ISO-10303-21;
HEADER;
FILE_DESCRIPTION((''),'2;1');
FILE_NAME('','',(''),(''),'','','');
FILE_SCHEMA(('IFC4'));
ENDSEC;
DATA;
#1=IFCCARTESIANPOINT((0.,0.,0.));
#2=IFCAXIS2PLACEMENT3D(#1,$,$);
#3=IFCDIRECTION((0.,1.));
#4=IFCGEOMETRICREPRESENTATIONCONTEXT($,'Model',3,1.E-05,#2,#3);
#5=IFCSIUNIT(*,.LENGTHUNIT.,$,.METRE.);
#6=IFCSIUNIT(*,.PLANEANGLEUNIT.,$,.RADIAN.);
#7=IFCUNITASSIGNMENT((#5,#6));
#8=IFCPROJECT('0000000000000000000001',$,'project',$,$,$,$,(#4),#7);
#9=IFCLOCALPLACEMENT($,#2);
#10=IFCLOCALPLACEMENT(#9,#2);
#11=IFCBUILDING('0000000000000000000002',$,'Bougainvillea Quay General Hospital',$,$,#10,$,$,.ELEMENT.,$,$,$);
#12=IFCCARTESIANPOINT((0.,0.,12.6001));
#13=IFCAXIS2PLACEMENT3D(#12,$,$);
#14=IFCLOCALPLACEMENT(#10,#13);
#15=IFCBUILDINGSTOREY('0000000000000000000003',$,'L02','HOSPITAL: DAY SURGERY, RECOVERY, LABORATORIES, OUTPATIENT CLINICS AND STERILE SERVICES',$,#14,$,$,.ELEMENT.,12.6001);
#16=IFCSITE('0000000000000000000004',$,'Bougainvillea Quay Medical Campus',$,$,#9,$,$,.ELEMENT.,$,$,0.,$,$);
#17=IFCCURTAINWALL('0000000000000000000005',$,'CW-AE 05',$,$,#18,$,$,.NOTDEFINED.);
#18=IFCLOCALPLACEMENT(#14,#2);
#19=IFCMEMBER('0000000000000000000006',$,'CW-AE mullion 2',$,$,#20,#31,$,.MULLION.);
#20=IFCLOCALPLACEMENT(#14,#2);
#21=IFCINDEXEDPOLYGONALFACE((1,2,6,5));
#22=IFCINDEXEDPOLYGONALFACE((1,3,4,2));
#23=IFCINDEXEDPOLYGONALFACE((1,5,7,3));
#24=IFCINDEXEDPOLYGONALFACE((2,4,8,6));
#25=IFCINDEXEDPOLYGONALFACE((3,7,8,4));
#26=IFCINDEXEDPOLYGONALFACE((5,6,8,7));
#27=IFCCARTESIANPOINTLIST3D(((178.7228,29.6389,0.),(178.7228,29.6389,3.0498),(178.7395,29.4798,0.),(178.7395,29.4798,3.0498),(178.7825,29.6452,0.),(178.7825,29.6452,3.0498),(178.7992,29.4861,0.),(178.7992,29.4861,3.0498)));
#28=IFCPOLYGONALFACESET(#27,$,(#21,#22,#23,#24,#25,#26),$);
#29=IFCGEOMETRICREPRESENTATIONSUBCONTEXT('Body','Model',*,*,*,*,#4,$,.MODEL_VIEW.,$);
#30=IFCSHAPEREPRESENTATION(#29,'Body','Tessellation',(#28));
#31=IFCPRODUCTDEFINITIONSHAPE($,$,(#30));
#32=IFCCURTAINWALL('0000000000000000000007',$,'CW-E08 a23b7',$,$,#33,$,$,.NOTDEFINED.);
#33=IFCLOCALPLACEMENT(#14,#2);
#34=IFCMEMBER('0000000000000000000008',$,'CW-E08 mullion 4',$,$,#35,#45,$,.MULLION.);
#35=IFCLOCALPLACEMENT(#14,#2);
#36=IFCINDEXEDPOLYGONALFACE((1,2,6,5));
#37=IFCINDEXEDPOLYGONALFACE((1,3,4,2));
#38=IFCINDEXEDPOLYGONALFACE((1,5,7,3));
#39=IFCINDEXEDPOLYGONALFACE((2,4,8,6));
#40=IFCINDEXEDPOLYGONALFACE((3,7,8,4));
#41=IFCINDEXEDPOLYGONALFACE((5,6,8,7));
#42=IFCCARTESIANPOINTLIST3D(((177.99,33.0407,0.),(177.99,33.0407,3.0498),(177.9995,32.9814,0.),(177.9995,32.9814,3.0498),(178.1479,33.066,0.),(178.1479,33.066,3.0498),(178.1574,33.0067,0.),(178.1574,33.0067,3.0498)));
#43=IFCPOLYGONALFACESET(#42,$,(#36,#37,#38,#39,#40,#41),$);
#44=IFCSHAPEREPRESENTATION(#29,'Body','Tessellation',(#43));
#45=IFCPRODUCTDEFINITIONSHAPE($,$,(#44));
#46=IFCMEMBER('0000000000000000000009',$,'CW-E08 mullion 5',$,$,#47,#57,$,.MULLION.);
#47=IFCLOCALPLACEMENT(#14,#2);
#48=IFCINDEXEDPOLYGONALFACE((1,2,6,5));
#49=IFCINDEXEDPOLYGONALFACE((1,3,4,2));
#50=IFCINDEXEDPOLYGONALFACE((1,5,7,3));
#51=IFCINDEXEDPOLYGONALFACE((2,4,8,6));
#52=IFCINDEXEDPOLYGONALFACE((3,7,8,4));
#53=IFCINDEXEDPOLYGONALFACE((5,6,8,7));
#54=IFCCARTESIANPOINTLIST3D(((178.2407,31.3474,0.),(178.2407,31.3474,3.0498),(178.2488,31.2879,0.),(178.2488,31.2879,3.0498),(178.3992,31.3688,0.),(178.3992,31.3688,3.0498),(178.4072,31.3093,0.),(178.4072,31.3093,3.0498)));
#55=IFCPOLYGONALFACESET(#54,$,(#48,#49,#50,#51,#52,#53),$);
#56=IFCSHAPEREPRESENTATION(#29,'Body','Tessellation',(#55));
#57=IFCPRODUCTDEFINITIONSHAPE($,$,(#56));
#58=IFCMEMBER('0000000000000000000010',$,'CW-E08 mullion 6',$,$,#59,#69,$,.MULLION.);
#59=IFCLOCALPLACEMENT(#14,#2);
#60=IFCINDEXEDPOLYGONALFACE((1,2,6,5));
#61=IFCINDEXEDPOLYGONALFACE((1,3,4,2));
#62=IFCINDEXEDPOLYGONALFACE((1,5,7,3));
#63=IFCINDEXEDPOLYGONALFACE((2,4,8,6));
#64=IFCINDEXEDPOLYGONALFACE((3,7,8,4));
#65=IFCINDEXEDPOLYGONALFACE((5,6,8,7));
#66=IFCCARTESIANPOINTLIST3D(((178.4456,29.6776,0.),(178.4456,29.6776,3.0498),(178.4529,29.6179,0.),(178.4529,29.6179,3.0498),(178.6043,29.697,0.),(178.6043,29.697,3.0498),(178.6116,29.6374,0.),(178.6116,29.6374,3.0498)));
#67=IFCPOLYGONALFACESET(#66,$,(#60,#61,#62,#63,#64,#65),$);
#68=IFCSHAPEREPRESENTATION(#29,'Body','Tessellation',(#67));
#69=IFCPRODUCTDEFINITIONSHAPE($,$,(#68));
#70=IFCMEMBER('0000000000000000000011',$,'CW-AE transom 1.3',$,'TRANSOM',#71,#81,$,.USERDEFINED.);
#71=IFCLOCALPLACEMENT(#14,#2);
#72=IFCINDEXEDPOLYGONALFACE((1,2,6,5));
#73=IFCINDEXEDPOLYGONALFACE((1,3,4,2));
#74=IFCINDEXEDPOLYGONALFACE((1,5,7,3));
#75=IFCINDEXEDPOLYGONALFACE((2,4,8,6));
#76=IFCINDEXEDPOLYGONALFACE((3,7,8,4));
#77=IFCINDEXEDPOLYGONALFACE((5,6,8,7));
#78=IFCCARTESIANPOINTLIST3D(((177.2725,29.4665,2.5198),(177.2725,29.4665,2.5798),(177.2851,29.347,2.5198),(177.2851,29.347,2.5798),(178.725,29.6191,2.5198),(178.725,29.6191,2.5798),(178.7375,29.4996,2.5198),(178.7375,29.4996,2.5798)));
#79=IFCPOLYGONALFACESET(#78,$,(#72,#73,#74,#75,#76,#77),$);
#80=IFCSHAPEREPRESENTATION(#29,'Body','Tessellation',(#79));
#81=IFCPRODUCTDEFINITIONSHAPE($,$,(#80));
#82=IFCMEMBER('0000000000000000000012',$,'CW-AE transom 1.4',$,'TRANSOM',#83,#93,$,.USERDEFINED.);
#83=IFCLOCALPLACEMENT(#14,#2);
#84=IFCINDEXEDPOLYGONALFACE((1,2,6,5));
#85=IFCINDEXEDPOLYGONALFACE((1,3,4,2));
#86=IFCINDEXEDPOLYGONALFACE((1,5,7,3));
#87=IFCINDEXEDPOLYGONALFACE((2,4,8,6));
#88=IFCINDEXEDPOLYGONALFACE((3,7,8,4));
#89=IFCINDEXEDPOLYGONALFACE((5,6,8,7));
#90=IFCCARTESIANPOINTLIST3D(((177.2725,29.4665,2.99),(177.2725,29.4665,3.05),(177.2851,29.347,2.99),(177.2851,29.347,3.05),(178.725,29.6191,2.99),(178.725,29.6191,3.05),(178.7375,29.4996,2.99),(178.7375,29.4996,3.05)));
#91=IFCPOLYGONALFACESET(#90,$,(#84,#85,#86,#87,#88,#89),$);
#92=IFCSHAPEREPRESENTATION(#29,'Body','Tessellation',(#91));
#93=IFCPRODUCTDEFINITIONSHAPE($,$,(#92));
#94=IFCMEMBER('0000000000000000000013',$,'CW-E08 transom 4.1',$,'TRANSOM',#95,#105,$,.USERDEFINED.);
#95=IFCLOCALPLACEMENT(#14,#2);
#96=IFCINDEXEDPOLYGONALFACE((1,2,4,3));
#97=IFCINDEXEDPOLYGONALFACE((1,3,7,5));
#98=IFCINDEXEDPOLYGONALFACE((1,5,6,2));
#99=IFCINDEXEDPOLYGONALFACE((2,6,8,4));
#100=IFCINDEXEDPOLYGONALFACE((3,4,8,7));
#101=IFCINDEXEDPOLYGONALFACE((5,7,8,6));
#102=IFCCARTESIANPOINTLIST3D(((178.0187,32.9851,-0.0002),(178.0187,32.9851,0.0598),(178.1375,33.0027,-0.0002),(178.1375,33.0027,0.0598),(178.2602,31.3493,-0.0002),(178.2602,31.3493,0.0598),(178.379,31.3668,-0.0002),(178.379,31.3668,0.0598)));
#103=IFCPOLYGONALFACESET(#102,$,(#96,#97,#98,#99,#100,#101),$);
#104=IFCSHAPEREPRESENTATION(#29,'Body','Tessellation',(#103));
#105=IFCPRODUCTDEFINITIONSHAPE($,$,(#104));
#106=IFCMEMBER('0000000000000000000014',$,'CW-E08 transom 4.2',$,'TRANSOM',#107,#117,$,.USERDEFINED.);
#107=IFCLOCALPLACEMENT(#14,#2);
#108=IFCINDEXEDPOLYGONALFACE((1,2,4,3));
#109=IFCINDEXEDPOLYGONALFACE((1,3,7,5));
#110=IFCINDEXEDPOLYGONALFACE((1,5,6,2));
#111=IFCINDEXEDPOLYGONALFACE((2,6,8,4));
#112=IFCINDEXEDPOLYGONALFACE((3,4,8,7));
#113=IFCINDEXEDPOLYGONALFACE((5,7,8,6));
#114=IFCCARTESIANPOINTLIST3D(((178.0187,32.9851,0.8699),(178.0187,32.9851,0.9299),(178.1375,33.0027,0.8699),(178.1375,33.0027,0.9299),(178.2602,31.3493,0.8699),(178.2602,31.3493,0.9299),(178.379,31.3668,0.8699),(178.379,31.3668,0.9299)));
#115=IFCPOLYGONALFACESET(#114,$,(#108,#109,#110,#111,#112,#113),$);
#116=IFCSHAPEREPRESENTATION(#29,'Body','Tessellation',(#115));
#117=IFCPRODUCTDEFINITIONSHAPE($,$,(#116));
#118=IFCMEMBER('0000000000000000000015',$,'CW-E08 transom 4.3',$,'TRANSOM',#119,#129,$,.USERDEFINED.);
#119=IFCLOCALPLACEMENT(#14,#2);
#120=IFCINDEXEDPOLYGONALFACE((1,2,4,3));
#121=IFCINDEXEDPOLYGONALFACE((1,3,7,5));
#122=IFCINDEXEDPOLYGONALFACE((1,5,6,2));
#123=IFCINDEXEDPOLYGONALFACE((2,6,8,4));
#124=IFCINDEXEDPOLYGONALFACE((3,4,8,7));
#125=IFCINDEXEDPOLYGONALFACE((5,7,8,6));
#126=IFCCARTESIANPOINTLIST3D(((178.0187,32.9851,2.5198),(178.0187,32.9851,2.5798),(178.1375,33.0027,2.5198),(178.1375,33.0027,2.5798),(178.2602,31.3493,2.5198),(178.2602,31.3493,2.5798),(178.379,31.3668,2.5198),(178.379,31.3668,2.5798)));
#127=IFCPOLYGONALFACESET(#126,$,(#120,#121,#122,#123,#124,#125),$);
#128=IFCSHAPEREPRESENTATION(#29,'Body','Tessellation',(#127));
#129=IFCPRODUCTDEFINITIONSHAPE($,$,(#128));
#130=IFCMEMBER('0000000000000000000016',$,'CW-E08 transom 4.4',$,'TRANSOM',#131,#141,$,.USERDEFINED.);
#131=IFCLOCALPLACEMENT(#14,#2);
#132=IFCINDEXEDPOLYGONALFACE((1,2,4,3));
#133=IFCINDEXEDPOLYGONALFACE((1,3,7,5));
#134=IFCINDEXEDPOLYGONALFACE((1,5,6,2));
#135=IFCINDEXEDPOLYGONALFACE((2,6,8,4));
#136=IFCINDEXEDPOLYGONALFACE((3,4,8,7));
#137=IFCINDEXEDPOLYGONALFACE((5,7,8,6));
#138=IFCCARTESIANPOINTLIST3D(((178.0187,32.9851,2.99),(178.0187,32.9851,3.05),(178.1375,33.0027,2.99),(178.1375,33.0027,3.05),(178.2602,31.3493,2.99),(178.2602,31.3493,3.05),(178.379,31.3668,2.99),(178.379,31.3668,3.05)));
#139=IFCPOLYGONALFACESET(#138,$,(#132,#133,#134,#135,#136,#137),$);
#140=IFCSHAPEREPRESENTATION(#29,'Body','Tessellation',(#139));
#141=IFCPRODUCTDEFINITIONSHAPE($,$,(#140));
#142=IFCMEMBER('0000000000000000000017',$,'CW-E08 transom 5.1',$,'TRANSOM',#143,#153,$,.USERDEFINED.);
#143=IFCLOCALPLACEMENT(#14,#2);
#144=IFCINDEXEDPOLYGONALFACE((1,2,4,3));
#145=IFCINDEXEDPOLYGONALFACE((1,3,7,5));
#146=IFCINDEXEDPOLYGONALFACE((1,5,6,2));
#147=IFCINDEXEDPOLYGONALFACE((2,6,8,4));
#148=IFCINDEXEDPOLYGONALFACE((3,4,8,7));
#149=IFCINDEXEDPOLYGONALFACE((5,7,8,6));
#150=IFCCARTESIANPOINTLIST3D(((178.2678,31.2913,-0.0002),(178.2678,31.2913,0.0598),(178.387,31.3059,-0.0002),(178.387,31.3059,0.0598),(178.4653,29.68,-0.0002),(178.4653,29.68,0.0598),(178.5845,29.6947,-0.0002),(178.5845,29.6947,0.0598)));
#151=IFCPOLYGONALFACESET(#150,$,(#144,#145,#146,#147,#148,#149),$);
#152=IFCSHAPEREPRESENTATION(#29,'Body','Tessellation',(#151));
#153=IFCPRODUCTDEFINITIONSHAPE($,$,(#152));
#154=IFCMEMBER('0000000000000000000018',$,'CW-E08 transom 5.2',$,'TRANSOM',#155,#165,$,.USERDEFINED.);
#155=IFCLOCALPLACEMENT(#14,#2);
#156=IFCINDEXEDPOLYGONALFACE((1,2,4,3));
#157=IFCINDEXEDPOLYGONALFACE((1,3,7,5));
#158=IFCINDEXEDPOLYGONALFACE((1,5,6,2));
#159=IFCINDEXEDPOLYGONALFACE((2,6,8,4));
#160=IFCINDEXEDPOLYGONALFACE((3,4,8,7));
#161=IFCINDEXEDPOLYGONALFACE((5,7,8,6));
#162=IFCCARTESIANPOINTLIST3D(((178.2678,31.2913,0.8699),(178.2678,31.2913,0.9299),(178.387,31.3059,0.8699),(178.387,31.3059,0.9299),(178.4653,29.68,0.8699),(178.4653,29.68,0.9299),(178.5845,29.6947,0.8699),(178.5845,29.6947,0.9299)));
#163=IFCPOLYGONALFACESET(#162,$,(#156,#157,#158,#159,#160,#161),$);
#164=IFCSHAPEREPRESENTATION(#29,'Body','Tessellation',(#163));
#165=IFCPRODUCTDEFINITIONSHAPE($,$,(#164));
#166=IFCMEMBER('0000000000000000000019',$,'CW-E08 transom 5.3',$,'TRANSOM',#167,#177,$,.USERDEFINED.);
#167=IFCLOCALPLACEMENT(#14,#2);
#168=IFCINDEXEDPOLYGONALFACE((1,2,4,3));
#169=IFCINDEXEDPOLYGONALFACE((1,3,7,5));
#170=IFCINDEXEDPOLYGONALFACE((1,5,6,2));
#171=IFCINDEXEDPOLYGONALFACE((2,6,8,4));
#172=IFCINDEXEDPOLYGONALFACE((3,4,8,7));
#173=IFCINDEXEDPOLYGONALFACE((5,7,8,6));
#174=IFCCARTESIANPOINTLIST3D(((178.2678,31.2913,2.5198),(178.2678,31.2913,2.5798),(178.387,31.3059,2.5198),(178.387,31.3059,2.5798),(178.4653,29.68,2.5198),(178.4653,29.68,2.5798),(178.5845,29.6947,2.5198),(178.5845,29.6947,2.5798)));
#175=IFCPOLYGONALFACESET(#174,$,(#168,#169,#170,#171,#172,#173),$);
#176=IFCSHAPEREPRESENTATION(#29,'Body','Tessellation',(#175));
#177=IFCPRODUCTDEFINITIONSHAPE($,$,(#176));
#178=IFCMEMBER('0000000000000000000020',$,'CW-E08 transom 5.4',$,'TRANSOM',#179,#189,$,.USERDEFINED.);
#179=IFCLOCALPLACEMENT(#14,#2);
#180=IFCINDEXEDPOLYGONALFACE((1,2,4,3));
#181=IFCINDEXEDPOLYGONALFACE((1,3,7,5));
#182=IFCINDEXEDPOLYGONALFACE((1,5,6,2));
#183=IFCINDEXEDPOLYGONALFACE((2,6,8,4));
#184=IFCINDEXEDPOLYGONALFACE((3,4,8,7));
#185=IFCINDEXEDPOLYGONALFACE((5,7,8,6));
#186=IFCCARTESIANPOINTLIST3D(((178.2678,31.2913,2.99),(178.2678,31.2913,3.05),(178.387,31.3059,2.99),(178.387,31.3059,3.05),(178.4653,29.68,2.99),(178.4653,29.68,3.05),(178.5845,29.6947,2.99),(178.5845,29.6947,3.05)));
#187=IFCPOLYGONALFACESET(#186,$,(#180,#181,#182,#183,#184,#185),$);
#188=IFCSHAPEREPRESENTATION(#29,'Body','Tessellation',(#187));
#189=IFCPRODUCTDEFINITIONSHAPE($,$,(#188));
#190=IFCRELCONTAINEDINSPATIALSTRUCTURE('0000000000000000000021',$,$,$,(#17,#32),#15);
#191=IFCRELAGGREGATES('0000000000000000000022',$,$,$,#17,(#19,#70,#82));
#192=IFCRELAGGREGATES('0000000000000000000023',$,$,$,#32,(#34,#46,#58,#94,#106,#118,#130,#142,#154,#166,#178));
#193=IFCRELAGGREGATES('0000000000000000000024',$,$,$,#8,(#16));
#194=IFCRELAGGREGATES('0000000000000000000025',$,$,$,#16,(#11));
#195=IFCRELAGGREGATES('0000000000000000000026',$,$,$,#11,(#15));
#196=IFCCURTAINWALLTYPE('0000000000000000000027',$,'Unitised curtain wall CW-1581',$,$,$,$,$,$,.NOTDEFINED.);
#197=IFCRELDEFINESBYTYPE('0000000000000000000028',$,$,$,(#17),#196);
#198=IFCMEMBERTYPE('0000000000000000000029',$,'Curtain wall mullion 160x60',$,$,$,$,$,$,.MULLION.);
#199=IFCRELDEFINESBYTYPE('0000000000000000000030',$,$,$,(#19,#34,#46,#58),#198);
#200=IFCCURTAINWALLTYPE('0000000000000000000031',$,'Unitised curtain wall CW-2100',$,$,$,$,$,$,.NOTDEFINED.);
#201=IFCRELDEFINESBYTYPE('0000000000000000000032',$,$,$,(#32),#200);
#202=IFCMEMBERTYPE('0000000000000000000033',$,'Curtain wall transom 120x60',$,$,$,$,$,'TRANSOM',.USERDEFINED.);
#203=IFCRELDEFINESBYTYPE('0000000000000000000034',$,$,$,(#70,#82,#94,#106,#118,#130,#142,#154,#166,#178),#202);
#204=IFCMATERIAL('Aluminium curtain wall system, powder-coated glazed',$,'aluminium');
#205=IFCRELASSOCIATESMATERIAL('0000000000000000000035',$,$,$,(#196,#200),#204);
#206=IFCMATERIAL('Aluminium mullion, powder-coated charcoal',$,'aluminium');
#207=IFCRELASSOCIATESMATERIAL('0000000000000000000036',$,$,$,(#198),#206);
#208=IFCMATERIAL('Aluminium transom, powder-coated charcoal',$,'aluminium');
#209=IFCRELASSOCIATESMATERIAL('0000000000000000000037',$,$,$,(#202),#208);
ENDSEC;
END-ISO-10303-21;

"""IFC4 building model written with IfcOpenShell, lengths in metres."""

from ifc_helpers import new_model, si_unit, direction, frame, origin, origin_2d, place, context, subcontext, project, spatial, rectangle, extrude, material, material_profile, profile_set, type_object, element, aggregate, save


model = new_model("IFC4")

# Units and contexts
model_context = context("Model", 3, precision=1e-05, world=origin(), true_north=direction((0.0, 1.0)))
body_context = subcontext(model_context, "Body", "Model", "MODEL_VIEW")
ifc_project = project(units=[si_unit("LENGTHUNIT", "METRE"), si_unit("PLANEANGLEUNIT", "RADIAN")], contexts=[model_context])

# Site, building, storey
site_placement = place(None, origin())
site = spatial("IfcSite", under=ifc_project, at=site_placement, Name="Bougainvillea Quay Medical Campus", CompositionType="ELEMENT", RefElevation=0.0)
building_placement = place(site_placement, origin())
building = spatial("IfcBuilding", under=site, at=building_placement, Name="Bougainvillea Quay General Hospital", CompositionType="ELEMENT")
storey_placement = place(building_placement, frame((0.0, 0.0, 12.6001)))
storey = spatial("IfcBuildingStorey", under=building, at=storey_placement, Name="L02", Description="HOSPITAL: DAY SURGERY, RECOVERY, LABORATORIES, OUTPATIENT CLINICS AND STERILE SERVICES", CompositionType="ELEMENT", Elevation=12.6001)

# Curtain wall, member
ifc_material_1 = material(Name="Aluminium curtain wall system, powder-coated glazed", Category="aluminium")
curtain_wall_type_1 = type_object("IfcCurtainWallType", Name="Unitised curtain wall CW-1581", PredefinedType="NOTDEFINED", material=ifc_material_1)
curtain_wall_1_placement = place(storey_placement, origin())
curtain_wall_1 = element("IfcCurtainWall", 1, at=curtain_wall_1_placement, inside=storey, type_object=curtain_wall_type_1, Name="CW-AE 05", PredefinedType="NOTDEFINED")
ifc_material_2 = material(Name="Aluminium mullion, powder-coated charcoal", Category="aluminium")
ifc_material_profile_1 = material_profile(ifc_material_2, rectangle(XDim=0.1599, YDim=0.0601, at=origin_2d()))
ifc_profile_set_1 = profile_set([ifc_material_profile_1], Name="Aluminium mullion, powder-coated charcoal")
member_type_1 = type_object("IfcMemberType", Name="Curtain wall mullion 160x60", PredefinedType="MULLION", material=ifc_profile_set_1)
member_1_placement = place(storey_placement, frame((178.761, 29.5625, 0.0), z_axis=(0.0, 0.0, 1.0), x_axis=(-0.104527, 0.994522, 0.0)))
member_1 = element("IfcMember", 2, at=member_1_placement, type_object=member_type_1, Name="CW-AE mullion 2", PredefinedType="MULLION", context=body_context, shape_type="SweptSolid", body=[
    extrude(rectangle(XDim=0.1599, YDim=0.0601, at=origin_2d()), origin(), (0.0, 0.0, 1.0), 3.0498),
])

# Curtain wall, members
curtain_wall_type_2 = type_object("IfcCurtainWallType", Name="Unitised curtain wall CW-2100", PredefinedType="NOTDEFINED", material=ifc_material_1)
curtain_wall_2_placement = place(storey_placement, origin())
curtain_wall_2 = element("IfcCurtainWall", 3, at=curtain_wall_2_placement, inside=storey, type_object=curtain_wall_type_2, Name="CW-E08 a23b7", PredefinedType="NOTDEFINED")
member_2_placement = place(storey_placement, frame((178.0737, 33.0237, 0.0), z_axis=(0.0, 0.0, 1.0), x_axis=(0.987432, 0.158044, 0.0)))
member_2 = element("IfcMember", 4, at=member_2_placement, type_object=member_type_1, Name="CW-E08 mullion 4", PredefinedType="MULLION", context=body_context, shape_type="SweptSolid", body=[
    extrude(rectangle(XDim=0.1599, YDim=0.0601, at=origin_2d()), origin(), (0.0, 0.0, 1.0), 3.0498),
])
member_3_placement = place(storey_placement, frame((178.324, 31.3284, 0.0), z_axis=(0.0, 0.0, 1.0), x_axis=(0.991016, 0.133741, 0.0)))
member_3 = element("IfcMember", 5, at=member_3_placement, type_object=member_type_1, Name="CW-E08 mullion 5", PredefinedType="MULLION", context=body_context, shape_type="SweptSolid", body=[
    extrude(rectangle(XDim=0.1599, YDim=0.0601, at=origin_2d()), origin(), (0.0, 0.0, 1.0), 3.0498),
])
member_4_placement = place(storey_placement, frame((178.5286, 29.6575, 0.0), z_axis=(0.0, 0.0, 1.0), x_axis=(0.992584, 0.121558, 0.0)))
member_4 = element("IfcMember", 6, at=member_4_placement, type_object=member_type_1, Name="CW-E08 mullion 6", PredefinedType="MULLION", context=body_context, shape_type="SweptSolid", body=[
    extrude(rectangle(XDim=0.1599, YDim=0.0601, at=origin_2d()), origin(), (0.0, 0.0, 1.0), 3.0498),
])

# Members
ifc_material_3 = material(Name="Aluminium transom, powder-coated charcoal", Category="aluminium")
ifc_material_profile_2 = material_profile(ifc_material_3, rectangle(XDim=0.1201, YDim=0.0601, at=origin_2d()))
ifc_profile_set_2 = profile_set([ifc_material_profile_2], Name="Aluminium transom, powder-coated charcoal")
member_type_2 = type_object("IfcMemberType", Name="Curtain wall transom 120x60", ElementType="TRANSOM", PredefinedType="USERDEFINED", material=ifc_profile_set_2)
member_5_placement = place(storey_placement, frame((177.2788, 29.4067, 2.5498), z_axis=(0.994527, 0.104485, 0.0), x_axis=(-0.104485, 0.994527, 0.0)))
member_5 = element("IfcMember", 7, at=member_5_placement, type_object=member_type_2, Name="CW-AE transom 1.3", ObjectType="TRANSOM", PredefinedType="USERDEFINED", context=body_context, shape_type="SweptSolid", body=[
    extrude(rectangle(XDim=0.1201, YDim=0.0601, at=origin_2d()), origin(), (0.0, 0.0, 1.0), 1.4604),
])
member_6_placement = place(storey_placement, frame((177.2788, 29.4067, 3.02), z_axis=(0.994527, 0.104485, 0.0), x_axis=(-0.104485, 0.994527, 0.0)))
member_6 = element("IfcMember", 8, at=member_6_placement, type_object=member_type_2, Name="CW-AE transom 1.4", ObjectType="TRANSOM", PredefinedType="USERDEFINED", context=body_context, shape_type="SweptSolid", body=[
    extrude(rectangle(XDim=0.1201, YDim=0.0601, at=origin_2d()), origin(), (0.0, 0.0, 1.0), 1.4604),
])
member_7_placement = place(storey_placement, frame((178.0781, 32.9939, 0.0298), z_axis=(0.14603, -0.98928, 0.0), x_axis=(0.98928, 0.14603, 0.0)))
member_7 = element("IfcMember", 9, at=member_7_placement, type_object=member_type_2, Name="CW-E08 transom 4.1", ObjectType="TRANSOM", PredefinedType="USERDEFINED", context=body_context, shape_type="SweptSolid", body=[
    extrude(rectangle(XDim=0.1201, YDim=0.0601, at=origin_2d()), origin(), (0.0, 0.0, 1.0), 1.6536),
])
member_8_placement = place(storey_placement, frame((178.0781, 32.9939, 0.8999), z_axis=(0.14603, -0.98928, 0.0), x_axis=(0.98928, 0.14603, 0.0)))
member_8 = element("IfcMember", 10, at=member_8_placement, type_object=member_type_2, Name="CW-E08 transom 4.2", ObjectType="TRANSOM", PredefinedType="USERDEFINED", context=body_context, shape_type="SweptSolid", body=[
    extrude(rectangle(XDim=0.1201, YDim=0.0601, at=origin_2d()), origin(), (0.0, 0.0, 1.0), 1.6536),
])
member_9_placement = place(storey_placement, frame((178.0781, 32.9939, 2.5498), z_axis=(0.14603, -0.98928, 0.0), x_axis=(0.98928, 0.14603, 0.0)))
member_9 = element("IfcMember", 11, at=member_9_placement, type_object=member_type_2, Name="CW-E08 transom 4.3", ObjectType="TRANSOM", PredefinedType="USERDEFINED", context=body_context, shape_type="SweptSolid", body=[
    extrude(rectangle(XDim=0.1201, YDim=0.0601, at=origin_2d()), origin(), (0.0, 0.0, 1.0), 1.6536),
])
member_10_placement = place(storey_placement, frame((178.0781, 32.9939, 3.02), z_axis=(0.14603, -0.98928, 0.0), x_axis=(0.98928, 0.14603, 0.0)))
member_10 = element("IfcMember", 12, at=member_10_placement, type_object=member_type_2, Name="CW-E08 transom 4.4", ObjectType="TRANSOM", PredefinedType="USERDEFINED", context=body_context, shape_type="SweptSolid", body=[
    extrude(rectangle(XDim=0.1201, YDim=0.0601, at=origin_2d()), origin(), (0.0, 0.0, 1.0), 1.6536),
])
member_11_placement = place(storey_placement, frame((178.3274, 31.2986, 0.0298), z_axis=(0.121665, -0.992571, 0.0), x_axis=(0.992571, 0.121665, 0.0)))
member_11 = element("IfcMember", 13, at=member_11_placement, type_object=member_type_2, Name="CW-E08 transom 5.1", ObjectType="TRANSOM", PredefinedType="USERDEFINED", context=body_context, shape_type="SweptSolid", body=[
    extrude(rectangle(XDim=0.1201, YDim=0.0601, at=origin_2d()), origin(), (0.0, 0.0, 1.0), 1.6233),
])
member_12_placement = place(storey_placement, frame((178.3274, 31.2986, 0.8999), z_axis=(0.121665, -0.992571, 0.0), x_axis=(0.992571, 0.121665, 0.0)))
member_12 = element("IfcMember", 14, at=member_12_placement, type_object=member_type_2, Name="CW-E08 transom 5.2", ObjectType="TRANSOM", PredefinedType="USERDEFINED", context=body_context, shape_type="SweptSolid", body=[
    extrude(rectangle(XDim=0.1201, YDim=0.0601, at=origin_2d()), origin(), (0.0, 0.0, 1.0), 1.6233),
])
member_13_placement = place(storey_placement, frame((178.3274, 31.2986, 2.5498), z_axis=(0.121665, -0.992571, 0.0), x_axis=(0.992571, 0.121665, 0.0)))
member_13 = element("IfcMember", 15, at=member_13_placement, type_object=member_type_2, Name="CW-E08 transom 5.3", ObjectType="TRANSOM", PredefinedType="USERDEFINED", context=body_context, shape_type="SweptSolid", body=[
    extrude(rectangle(XDim=0.1201, YDim=0.0601, at=origin_2d()), origin(), (0.0, 0.0, 1.0), 1.6233),
])
member_14_placement = place(storey_placement, frame((178.3274, 31.2986, 3.02), z_axis=(0.121665, -0.992571, 0.0), x_axis=(0.992571, 0.121665, 0.0)))
member_14 = element("IfcMember", 16, at=member_14_placement, type_object=member_type_2, Name="CW-E08 transom 5.4", ObjectType="TRANSOM", PredefinedType="USERDEFINED", context=body_context, shape_type="SweptSolid", body=[
    extrude(rectangle(XDim=0.1201, YDim=0.0601, at=origin_2d()), origin(), (0.0, 0.0, 1.0), 1.6233),
])

aggregate(curtain_wall_1, [member_1, member_5, member_6])
aggregate(curtain_wall_2, [member_2, member_3, member_4, member_7, member_8, member_9, member_10, member_11, member_12, member_13, member_14])

save(model, "model.ifc")
